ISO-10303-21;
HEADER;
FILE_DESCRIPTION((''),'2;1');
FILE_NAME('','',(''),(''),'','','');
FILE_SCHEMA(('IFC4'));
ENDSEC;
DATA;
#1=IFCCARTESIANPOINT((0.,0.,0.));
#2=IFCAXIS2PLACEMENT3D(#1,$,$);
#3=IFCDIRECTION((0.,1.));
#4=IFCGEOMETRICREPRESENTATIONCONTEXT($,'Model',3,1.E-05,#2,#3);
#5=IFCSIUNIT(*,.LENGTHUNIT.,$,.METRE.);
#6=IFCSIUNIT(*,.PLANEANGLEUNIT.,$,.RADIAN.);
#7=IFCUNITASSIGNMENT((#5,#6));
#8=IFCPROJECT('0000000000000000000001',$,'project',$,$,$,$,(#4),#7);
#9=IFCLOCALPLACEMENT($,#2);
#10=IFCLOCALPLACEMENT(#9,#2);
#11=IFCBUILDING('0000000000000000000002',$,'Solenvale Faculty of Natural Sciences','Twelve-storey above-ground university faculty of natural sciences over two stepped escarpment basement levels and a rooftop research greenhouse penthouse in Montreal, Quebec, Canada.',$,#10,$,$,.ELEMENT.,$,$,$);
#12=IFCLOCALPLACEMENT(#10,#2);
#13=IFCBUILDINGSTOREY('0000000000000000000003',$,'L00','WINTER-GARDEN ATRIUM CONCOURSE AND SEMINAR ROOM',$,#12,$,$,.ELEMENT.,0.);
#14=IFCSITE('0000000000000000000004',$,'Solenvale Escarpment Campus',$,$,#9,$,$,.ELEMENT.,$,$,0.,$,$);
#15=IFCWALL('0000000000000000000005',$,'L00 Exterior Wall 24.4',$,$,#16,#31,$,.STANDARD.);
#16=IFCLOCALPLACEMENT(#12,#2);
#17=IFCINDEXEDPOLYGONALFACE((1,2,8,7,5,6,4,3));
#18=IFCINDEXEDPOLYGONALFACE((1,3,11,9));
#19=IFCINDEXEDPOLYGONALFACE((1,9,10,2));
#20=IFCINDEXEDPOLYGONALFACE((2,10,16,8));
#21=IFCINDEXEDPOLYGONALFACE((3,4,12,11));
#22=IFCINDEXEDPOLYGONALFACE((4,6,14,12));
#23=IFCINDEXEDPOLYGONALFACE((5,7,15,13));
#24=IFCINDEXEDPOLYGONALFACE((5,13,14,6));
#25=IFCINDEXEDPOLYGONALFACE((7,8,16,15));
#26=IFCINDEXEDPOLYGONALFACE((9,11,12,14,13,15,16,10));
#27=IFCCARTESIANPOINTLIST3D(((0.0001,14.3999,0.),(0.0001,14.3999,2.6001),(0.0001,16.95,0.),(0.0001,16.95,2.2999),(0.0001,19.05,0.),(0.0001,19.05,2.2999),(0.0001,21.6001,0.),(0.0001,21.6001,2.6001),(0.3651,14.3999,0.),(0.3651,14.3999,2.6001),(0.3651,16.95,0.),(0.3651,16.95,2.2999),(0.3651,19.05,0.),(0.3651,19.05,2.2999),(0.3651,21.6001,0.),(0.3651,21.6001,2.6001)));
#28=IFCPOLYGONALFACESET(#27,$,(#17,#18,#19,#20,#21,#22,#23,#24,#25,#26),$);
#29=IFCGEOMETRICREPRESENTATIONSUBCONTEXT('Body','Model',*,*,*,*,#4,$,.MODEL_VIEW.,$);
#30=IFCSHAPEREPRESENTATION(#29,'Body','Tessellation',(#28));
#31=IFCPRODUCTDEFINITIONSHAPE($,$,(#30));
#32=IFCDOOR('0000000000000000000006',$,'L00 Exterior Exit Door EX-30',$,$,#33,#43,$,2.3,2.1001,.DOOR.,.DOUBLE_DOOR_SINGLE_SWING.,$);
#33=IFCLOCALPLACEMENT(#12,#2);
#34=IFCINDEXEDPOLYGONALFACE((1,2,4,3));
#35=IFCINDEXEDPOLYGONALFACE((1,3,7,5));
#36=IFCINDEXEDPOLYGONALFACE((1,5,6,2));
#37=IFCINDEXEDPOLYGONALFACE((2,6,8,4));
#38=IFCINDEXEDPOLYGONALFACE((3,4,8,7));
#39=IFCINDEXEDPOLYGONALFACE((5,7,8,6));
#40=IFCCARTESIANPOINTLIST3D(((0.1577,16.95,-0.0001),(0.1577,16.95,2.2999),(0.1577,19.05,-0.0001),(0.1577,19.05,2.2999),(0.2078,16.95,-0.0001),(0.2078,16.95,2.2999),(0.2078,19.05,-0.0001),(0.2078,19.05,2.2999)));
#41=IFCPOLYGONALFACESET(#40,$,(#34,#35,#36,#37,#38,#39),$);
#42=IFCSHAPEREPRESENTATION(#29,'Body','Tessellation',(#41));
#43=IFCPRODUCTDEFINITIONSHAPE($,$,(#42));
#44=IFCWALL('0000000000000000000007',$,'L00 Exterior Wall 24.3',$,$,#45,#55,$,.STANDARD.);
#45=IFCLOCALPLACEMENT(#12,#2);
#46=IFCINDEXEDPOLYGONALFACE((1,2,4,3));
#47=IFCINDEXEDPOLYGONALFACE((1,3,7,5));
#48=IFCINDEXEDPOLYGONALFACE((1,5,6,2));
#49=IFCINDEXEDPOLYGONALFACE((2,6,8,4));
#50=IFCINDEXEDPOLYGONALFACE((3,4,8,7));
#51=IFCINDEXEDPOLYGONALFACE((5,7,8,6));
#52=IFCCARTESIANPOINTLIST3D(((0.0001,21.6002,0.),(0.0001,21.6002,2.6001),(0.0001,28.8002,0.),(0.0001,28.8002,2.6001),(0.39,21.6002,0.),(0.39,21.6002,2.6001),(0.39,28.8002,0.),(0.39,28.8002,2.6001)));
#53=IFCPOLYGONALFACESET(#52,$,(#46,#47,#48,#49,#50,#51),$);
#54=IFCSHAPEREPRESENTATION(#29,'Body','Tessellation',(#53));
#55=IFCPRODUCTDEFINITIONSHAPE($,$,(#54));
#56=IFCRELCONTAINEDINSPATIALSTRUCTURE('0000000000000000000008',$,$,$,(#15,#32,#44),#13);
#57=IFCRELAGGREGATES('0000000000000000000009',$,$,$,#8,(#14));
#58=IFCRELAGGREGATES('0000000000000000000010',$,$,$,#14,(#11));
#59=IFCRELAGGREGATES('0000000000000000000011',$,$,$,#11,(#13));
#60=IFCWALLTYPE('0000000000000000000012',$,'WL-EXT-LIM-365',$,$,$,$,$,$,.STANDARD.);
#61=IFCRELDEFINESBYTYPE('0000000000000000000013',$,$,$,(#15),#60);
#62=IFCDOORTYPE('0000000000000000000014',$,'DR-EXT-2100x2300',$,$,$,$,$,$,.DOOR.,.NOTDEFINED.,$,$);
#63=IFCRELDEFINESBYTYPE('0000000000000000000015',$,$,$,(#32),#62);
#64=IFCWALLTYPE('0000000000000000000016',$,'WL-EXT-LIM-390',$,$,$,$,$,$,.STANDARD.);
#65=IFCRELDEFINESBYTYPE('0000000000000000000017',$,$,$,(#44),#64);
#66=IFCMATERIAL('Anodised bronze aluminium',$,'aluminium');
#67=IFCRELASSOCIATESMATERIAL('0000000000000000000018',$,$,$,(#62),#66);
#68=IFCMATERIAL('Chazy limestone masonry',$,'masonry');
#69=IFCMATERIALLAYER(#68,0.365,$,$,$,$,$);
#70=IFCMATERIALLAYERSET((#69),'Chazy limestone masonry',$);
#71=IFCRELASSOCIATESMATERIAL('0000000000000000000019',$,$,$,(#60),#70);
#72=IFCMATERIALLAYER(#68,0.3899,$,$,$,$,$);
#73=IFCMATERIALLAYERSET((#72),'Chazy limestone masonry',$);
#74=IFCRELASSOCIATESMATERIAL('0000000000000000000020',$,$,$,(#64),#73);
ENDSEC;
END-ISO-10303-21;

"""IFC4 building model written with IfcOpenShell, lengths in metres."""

from ifc_helpers import new_model, si_unit, direction, frame, frame_2d, origin, place, context, subcontext, project, spatial, rectangle, extrude, material, layer, layer_set, type_object, element, fill, save


model = new_model("IFC4")

# Units and contexts
model_context = context("Model", 3, precision=1e-05, world=origin(), true_north=direction((0.0, 1.0)))
body_context = subcontext(model_context, "Body", "Model", "MODEL_VIEW")
ifc_project = project(units=[si_unit("LENGTHUNIT", "METRE"), si_unit("PLANEANGLEUNIT", "RADIAN")], contexts=[model_context])

# Site, building, storey
site_placement = place(None, origin())
site = spatial("IfcSite", under=ifc_project, at=site_placement, Name="Solenvale Escarpment Campus", CompositionType="ELEMENT", RefElevation=0.0)
building_placement = place(site_placement, origin())
building = spatial("IfcBuilding", under=site, at=building_placement, Name="Solenvale Faculty of Natural Sciences", Description="Twelve-storey above-ground university faculty of natural sciences over two stepped escarpment basement levels and a rooftop research greenhouse penthouse in Montreal, Quebec, Canada.", CompositionType="ELEMENT")
storey_placement = place(building_placement, origin())
storey = spatial("IfcBuildingStorey", under=building, at=storey_placement, Name="L00", Description="WINTER-GARDEN ATRIUM CONCOURSE AND SEMINAR ROOM", CompositionType="ELEMENT", Elevation=0.0)

# Wall, opening, door
ifc_material_1 = material(Name="Chazy limestone masonry", Category="masonry")
ifc_material_2 = material(Name="Anodised bronze aluminium", Category="aluminium")
door_type = type_object("IfcDoorType", Name="DR-EXT-2100x2300", OperationType="NOTDEFINED", PredefinedType="DOOR", material=ifc_material_2)
ifc_layer_1 = layer(ifc_material_1, 0.365)
ifc_layer_set_1 = layer_set([ifc_layer_1], Name="Chazy limestone masonry")
wall_type_1 = type_object("IfcWallType", Name="WL-EXT-LIM-365", PredefinedType="STANDARD", material=ifc_layer_set_1)
wall_1_placement = place(storey_placement, frame((0.1826, 14.3999, 0.0), z_axis=(0.0, 0.0, 1.0), x_axis=(0.0, 1.0, 0.0)))
wall_1 = element("IfcWall", 1, at=wall_1_placement, inside=storey, type_object=wall_type_1, Name="L00 Exterior Wall 24.4", PredefinedType="STANDARD", context=body_context, shape_type="SweptSolid", body=[
    extrude(rectangle(XDim=7.2002, YDim=0.365, at=frame_2d((3.6001, 0.0))), origin(), (0.0, 0.0, 1.0), 2.6001),
])
opening_1_placement = place(wall_1_placement, frame((2.55, 0.0, 0.0)))
opening_1 = element("IfcOpeningElement", 2, at=opening_1_placement, cuts=wall_1, PredefinedType="OPENING", context=body_context, shape_type="SweptSolid", body=[
    extrude(rectangle(XDim=2.1001, YDim=2.3, at=frame_2d((1.05, 1.1499))), frame((0.0, 0.1924, 0.0), z_axis=(0.0, -1.0, 0.0), x_axis=(1.0, 0.0, 0.0)), (0.0, 0.0, 1.0), 0.385),
])
door_1_placement = place(opening_1_placement, origin())
door_1 = element("IfcDoor", 3, at=door_1_placement, inside=storey, type_object=door_type, Name="L00 Exterior Exit Door EX-30", OperationType="DOUBLE_DOOR_SINGLE_SWING", OverallHeight=2.3, OverallWidth=2.1001, PredefinedType="DOOR", context=body_context, shape_type="SweptSolid", body=[
    extrude(rectangle(XDim=2.1001, YDim=2.3, at=frame_2d((1.05, 1.1499))), frame((0.0, 0.0249, 0.0), z_axis=(0.0, -1.0, 0.0), x_axis=(1.0, 0.0, 0.0)), (0.0, 0.0, 1.0), 0.05),
])
fill(opening_1, door_1)

# Wall
ifc_layer_2 = layer(ifc_material_1, 0.3899)
ifc_layer_set_2 = layer_set([ifc_layer_2], Name="Chazy limestone masonry")
wall_type_2 = type_object("IfcWallType", Name="WL-EXT-LIM-390", PredefinedType="STANDARD", material=ifc_layer_set_2)
wall_2_placement = place(storey_placement, frame((0.1951, 21.6001, 0.0), z_axis=(0.0, 0.0, 1.0), x_axis=(0.0, 1.0, 0.0)))
element("IfcWall", 4, at=wall_2_placement, inside=storey, type_object=wall_type_2, Name="L00 Exterior Wall 24.3", PredefinedType="STANDARD", context=body_context, shape_type="SweptSolid", body=[
    extrude(rectangle(XDim=7.2, YDim=0.3899, at=frame_2d((3.6001, 0.0))), origin(), (0.0, 0.0, 1.0), 2.6001),
])

save(model, "model.ifc")
